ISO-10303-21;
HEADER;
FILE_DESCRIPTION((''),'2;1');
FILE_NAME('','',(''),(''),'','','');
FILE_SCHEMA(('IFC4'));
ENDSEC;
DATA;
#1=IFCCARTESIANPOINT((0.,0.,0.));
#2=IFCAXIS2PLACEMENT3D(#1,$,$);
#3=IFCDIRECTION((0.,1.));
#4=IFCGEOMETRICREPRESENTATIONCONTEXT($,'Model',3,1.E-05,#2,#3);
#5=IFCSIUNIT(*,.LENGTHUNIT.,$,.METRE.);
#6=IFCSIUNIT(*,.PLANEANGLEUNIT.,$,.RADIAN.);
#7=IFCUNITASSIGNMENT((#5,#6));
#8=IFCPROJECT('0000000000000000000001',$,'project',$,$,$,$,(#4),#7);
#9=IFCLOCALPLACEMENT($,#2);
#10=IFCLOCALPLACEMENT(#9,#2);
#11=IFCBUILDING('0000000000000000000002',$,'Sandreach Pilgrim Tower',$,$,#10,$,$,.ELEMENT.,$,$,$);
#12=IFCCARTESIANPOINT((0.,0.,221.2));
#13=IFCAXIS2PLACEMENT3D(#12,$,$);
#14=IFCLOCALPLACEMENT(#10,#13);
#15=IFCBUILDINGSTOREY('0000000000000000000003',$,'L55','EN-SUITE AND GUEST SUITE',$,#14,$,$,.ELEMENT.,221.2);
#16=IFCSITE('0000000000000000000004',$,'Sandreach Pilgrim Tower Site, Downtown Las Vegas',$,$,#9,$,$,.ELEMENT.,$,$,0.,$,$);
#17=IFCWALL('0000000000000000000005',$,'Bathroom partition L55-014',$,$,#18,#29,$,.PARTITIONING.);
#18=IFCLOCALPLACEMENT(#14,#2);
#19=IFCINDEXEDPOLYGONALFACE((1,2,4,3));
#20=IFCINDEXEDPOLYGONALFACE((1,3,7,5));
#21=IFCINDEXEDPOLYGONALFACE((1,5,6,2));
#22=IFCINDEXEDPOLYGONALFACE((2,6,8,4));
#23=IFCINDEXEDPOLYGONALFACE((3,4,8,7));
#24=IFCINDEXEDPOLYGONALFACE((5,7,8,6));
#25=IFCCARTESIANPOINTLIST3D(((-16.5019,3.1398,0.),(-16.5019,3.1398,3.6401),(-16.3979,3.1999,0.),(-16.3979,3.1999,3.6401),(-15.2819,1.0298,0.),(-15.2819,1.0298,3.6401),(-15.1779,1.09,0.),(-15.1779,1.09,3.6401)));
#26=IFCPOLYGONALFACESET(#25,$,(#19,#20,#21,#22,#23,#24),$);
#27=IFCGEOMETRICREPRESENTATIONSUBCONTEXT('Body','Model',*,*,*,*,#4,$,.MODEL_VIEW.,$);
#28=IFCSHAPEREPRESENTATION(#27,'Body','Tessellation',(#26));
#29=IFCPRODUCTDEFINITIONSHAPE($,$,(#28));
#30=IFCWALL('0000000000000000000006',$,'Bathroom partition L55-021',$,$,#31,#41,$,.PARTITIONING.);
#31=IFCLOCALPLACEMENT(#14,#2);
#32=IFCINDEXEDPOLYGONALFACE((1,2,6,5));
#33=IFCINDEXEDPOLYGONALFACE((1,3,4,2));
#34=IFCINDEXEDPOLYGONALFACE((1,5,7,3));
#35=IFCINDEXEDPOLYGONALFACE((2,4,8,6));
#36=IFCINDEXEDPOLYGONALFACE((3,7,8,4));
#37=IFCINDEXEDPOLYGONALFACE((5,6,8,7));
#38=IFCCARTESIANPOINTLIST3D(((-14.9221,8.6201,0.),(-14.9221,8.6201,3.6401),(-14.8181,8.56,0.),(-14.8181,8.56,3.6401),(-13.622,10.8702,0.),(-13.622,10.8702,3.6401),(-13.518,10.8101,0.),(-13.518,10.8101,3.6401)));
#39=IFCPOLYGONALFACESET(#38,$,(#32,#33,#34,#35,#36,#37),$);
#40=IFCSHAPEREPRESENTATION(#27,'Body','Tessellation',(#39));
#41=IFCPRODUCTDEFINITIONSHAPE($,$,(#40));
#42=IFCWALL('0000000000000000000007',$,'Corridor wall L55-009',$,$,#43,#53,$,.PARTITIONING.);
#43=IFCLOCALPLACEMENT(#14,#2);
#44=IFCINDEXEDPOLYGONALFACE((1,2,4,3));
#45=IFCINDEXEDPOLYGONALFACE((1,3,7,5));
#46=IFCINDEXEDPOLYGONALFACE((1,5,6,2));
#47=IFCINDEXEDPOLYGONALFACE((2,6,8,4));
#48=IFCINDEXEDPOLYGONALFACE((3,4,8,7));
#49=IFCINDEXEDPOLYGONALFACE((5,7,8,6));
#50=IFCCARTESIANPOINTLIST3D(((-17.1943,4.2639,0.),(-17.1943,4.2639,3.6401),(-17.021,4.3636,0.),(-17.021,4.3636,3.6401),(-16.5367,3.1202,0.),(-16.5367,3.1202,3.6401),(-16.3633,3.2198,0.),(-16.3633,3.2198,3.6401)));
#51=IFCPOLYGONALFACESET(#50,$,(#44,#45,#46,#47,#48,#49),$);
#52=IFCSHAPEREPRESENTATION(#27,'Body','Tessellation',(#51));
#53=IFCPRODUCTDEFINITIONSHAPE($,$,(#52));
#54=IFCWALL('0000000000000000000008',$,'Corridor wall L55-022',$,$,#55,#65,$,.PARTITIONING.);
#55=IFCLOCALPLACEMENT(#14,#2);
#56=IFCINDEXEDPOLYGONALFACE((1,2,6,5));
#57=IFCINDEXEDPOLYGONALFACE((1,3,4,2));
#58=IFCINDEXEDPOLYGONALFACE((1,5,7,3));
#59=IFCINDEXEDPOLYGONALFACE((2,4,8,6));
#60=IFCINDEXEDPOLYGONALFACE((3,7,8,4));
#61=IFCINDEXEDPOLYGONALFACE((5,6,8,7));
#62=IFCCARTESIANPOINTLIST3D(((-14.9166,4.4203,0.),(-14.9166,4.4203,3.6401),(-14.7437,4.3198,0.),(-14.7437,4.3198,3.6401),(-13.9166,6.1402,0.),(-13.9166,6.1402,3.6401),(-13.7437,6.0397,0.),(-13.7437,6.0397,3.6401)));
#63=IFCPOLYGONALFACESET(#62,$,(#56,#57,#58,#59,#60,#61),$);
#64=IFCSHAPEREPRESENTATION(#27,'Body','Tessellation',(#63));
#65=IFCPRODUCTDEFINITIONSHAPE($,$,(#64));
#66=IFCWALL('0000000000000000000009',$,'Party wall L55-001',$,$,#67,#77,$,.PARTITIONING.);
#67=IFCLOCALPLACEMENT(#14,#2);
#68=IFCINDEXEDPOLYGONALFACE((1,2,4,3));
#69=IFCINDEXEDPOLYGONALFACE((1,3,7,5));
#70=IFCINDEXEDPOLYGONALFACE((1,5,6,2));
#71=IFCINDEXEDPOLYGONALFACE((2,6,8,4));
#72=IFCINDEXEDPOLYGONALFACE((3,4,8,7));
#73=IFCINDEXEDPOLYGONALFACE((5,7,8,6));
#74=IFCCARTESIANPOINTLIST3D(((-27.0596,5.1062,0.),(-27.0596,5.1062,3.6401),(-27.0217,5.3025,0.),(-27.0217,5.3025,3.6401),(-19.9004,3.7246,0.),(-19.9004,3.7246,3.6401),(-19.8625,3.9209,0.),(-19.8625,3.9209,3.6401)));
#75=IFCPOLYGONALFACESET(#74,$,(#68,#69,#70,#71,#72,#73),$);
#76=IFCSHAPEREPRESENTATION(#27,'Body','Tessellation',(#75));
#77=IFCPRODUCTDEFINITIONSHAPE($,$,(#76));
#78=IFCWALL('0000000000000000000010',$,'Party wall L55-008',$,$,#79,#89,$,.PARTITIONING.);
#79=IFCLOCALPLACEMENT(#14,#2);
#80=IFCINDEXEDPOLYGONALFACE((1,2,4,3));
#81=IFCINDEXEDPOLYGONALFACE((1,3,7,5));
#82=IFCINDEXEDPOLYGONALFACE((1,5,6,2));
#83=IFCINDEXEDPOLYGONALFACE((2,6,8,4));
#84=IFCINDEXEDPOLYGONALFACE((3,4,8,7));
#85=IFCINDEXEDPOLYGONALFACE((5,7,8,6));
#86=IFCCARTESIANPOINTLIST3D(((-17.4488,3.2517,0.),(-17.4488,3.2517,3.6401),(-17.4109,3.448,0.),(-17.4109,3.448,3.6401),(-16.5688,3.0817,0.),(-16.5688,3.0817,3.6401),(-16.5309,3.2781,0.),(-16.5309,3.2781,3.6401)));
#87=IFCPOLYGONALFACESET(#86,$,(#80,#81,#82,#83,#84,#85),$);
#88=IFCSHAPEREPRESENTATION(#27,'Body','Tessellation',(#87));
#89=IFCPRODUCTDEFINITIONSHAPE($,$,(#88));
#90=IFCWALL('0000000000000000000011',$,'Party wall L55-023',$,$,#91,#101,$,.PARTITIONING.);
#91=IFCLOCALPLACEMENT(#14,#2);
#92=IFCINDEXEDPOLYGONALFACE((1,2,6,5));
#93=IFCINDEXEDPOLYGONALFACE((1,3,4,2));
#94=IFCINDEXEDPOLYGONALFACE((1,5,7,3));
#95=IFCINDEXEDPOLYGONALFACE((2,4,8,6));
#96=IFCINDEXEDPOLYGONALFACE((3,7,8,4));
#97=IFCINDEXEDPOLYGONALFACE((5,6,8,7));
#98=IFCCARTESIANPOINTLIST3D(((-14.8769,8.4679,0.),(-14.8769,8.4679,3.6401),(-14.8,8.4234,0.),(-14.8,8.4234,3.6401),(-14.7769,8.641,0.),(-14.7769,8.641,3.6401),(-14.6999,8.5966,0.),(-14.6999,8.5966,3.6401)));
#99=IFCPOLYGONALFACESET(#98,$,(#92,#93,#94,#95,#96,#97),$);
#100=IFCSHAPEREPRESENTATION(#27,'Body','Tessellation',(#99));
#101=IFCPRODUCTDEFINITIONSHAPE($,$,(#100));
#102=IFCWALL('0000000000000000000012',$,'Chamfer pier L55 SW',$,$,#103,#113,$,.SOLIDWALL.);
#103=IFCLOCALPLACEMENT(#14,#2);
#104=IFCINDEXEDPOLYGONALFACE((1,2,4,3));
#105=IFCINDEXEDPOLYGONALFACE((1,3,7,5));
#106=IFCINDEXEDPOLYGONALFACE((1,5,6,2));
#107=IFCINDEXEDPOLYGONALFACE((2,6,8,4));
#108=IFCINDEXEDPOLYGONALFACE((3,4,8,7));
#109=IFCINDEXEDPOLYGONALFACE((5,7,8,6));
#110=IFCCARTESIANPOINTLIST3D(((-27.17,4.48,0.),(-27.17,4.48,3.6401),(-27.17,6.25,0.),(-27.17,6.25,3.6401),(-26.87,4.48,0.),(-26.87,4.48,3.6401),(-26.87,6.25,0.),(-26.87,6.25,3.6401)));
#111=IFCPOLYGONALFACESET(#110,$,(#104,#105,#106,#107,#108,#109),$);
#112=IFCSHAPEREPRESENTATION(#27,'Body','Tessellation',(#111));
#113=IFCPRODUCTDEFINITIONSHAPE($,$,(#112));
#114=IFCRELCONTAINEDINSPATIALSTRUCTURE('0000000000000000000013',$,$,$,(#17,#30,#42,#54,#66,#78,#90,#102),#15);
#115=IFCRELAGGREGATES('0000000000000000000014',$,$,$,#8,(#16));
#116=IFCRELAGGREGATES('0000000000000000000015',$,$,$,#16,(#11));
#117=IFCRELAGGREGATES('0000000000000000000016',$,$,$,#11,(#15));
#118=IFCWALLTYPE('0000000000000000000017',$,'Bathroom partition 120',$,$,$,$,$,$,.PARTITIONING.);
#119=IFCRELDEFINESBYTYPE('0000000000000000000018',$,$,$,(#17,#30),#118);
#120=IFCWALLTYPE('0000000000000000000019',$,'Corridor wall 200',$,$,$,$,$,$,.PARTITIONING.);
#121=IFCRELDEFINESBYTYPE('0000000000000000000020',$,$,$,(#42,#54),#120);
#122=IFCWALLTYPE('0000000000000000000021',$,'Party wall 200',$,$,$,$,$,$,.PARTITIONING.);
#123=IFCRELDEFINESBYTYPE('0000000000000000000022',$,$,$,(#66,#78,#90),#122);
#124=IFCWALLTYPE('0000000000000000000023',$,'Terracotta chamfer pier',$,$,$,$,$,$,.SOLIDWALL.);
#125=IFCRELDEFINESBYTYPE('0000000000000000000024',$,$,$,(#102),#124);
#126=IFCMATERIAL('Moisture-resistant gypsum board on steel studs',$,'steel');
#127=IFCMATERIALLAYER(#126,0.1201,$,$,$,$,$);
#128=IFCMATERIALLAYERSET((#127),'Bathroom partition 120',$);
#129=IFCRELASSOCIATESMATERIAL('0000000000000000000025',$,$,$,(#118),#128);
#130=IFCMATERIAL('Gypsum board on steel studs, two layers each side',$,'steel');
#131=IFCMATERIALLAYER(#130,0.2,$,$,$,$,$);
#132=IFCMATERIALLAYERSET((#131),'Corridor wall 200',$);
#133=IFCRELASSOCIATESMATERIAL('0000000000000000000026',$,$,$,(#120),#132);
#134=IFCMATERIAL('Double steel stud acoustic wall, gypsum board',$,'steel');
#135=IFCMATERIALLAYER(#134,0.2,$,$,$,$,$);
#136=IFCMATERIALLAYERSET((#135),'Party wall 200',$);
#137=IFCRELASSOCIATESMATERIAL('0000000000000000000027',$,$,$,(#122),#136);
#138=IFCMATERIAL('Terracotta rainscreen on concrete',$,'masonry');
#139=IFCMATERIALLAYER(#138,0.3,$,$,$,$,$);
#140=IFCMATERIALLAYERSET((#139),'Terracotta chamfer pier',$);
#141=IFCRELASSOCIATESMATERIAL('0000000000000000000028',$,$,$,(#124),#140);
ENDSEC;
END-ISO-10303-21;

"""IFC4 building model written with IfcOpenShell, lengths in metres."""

from ifc_helpers import new_model, si_unit, direction, frame, frame_2d, origin, place, context, subcontext, project, spatial, rectangle, extrude, material, layer, layer_set, type_object, element, save


model = new_model("IFC4")

# Units and contexts
model_context = context("Model", 3, precision=1e-05, world=origin(), true_north=direction((0.0, 1.0)))
body_context = subcontext(model_context, "Body", "Model", "MODEL_VIEW")
ifc_project = project(units=[si_unit("LENGTHUNIT", "METRE"), si_unit("PLANEANGLEUNIT", "RADIAN")], contexts=[model_context])

# Site, building, storey
site_placement = place(None, origin())
site = spatial("IfcSite", under=ifc_project, at=site_placement, Name="Sandreach Pilgrim Tower Site, Downtown Las Vegas", CompositionType="ELEMENT", RefElevation=0.0)
building_placement = place(site_placement, origin())
building = spatial("IfcBuilding", under=site, at=building_placement, Name="Sandreach Pilgrim Tower", CompositionType="ELEMENT")
storey_placement = place(building_placement, frame((0.0, 0.0, 221.2)))
storey = spatial("IfcBuildingStorey", under=building, at=storey_placement, Name="L55", Description="EN-SUITE AND GUEST SUITE", CompositionType="ELEMENT", Elevation=221.2)

# Shared definitions
ifc_material_1 = material(Name="Moisture-resistant gypsum board on steel studs", Category="steel")
ifc_layer_1 = layer(ifc_material_1, 0.1201)
ifc_layer_set_1 = layer_set([ifc_layer_1], Name="Bathroom partition 120")
wall_type_1 = type_object("IfcWallType", Name="Bathroom partition 120", PredefinedType="PARTITIONING", material=ifc_layer_set_1)

# Walls
wall_1_placement = place(storey_placement, frame((-16.45, 3.1699, 0.0), z_axis=(0.0, 0.0, 1.0), x_axis=(0.500566, -0.865698, 0.0)))
element("IfcWall", 1, at=wall_1_placement, inside=storey, type_object=wall_type_1, Name="Bathroom partition L55-014", PredefinedType="PARTITIONING", context=body_context, shape_type="SweptSolid", body=[
    extrude(rectangle(XDim=2.4373, YDim=0.1201, at=frame_2d((1.2188, 0.0))), origin(), (0.0, 0.0, 1.0), 3.6401),
])
wall_2_placement = place(storey_placement, frame((-14.8701, 8.5901, 0.0), z_axis=(0.0, 0.0, 1.0), x_axis=(0.500292, 0.865857, 0.0)))
element("IfcWall", 2, at=wall_2_placement, inside=storey, type_object=wall_type_1, Name="Bathroom partition L55-021", PredefinedType="PARTITIONING", context=body_context, shape_type="SweptSolid", body=[
    extrude(rectangle(XDim=2.5986, YDim=0.1201, at=frame_2d((1.2993, 0.0))), origin(), (0.0, 0.0, 1.0), 3.6401),
])
ifc_material_2 = material(Name="Gypsum board on steel studs, two layers each side", Category="steel")
ifc_layer_2 = layer(ifc_material_2, 0.2)
ifc_layer_set_2 = layer_set([ifc_layer_2], Name="Corridor wall 200")
wall_type_2 = type_object("IfcWallType", Name="Corridor wall 200", PredefinedType="PARTITIONING", material=ifc_layer_set_2)
wall_3_placement = place(storey_placement, frame((-17.1077, 4.3137, 0.0), z_axis=(0.0, 0.0, 1.0), x_axis=(0.498489, -0.866896, 0.0)))
element("IfcWall", 3, at=wall_3_placement, inside=storey, type_object=wall_type_2, Name="Corridor wall L55-009", PredefinedType="PARTITIONING", context=body_context, shape_type="SweptSolid", body=[
    extrude(rectangle(XDim=1.3193, YDim=0.2, at=frame_2d((0.6597, 0.0))), origin(), (0.0, 0.0, 1.0), 3.6401),
])

# Walls
wall_4_placement = place(storey_placement, frame((-14.8301, 4.3701, 0.0), z_axis=(0.0, 0.0, 1.0), x_axis=(0.502627, 0.864503, 0.0)))
element("IfcWall", 4, at=wall_4_placement, inside=storey, type_object=wall_type_2, Name="Corridor wall L55-022", PredefinedType="PARTITIONING", context=body_context, shape_type="SweptSolid", body=[
    extrude(rectangle(XDim=1.9895, YDim=0.2, at=frame_2d((0.9946, 0.0))), origin(), (0.0, 0.0, 1.0), 3.6401),
])
ifc_material_3 = material(Name="Double steel stud acoustic wall, gypsum board", Category="steel")
ifc_layer_3 = layer(ifc_material_3, 0.2)
ifc_layer_set_3 = layer_set([ifc_layer_3], Name="Party wall 200")
wall_type_3 = type_object("IfcWallType", Name="Party wall 200", PredefinedType="PARTITIONING", material=ifc_layer_set_3)
wall_5_placement = place(storey_placement, frame((-27.0405, 5.2043, 0.0), z_axis=(0.0, 0.0, 1.0), x_axis=(0.981883, -0.189486, 0.0)))
element("IfcWall", 5, at=wall_5_placement, inside=storey, type_object=wall_type_3, Name="Party wall L55-001", PredefinedType="PARTITIONING", context=body_context, shape_type="SweptSolid", body=[
    extrude(rectangle(XDim=7.2913, YDim=0.2, at=frame_2d((3.6455, 0.0))), origin(), (0.0, 0.0, 1.0), 3.6401),
])
wall_6_placement = place(storey_placement, frame((-17.4299, 3.3499, 0.0), z_axis=(0.0, 0.0, 1.0), x_axis=(0.981858, -0.189615, 0.0)))
element("IfcWall", 6, at=wall_6_placement, inside=storey, type_object=wall_type_3, Name="Party wall L55-008", PredefinedType="PARTITIONING", context=body_context, shape_type="SweptSolid", body=[
    extrude(rectangle(XDim=0.8962, YDim=0.2, at=frame_2d((0.4482, 0.0))), origin(), (0.0, 0.0, 1.0), 3.6401),
])
wall_7_placement = place(storey_placement, frame((-14.8269, 8.5544, 0.0), z_axis=(0.0, 0.0, 1.0), x_axis=(0.865865, -0.500278, 0.0)))
element("IfcWall", 7, at=wall_7_placement, inside=storey, type_object=wall_type_3, Name="Party wall L55-023", PredefinedType="PARTITIONING", context=body_context, shape_type="SweptSolid", body=[
    extrude(rectangle(XDim=0.0889, YDim=0.2, at=frame_2d((0.0444, 0.0))), origin(), (0.0, 0.0, 1.0), 3.6401),
])
ifc_material_4 = material(Name="Terracotta rainscreen on concrete", Category="masonry")
ifc_layer_4 = layer(ifc_material_4, 0.3)
ifc_layer_set_4 = layer_set([ifc_layer_4], Name="Terracotta chamfer pier")
wall_type_4 = type_object("IfcWallType", Name="Terracotta chamfer pier", PredefinedType="SOLIDWALL", material=ifc_layer_set_4)
wall_8_placement = place(storey_placement, frame((-27.02, 4.48, 0.0), z_axis=(0.0, 0.0, 1.0), x_axis=(0.0, 1.0, 0.0)))
element("IfcWall", 8, at=wall_8_placement, inside=storey, type_object=wall_type_4, Name="Chamfer pier L55 SW", PredefinedType="SOLIDWALL", context=body_context, shape_type="SweptSolid", body=[
    extrude(rectangle(XDim=1.77, YDim=0.3, at=frame_2d((0.885, 0.0))), origin(), (0.0, 0.0, 1.0), 3.6401),
])

save(model, "model.ifc")
